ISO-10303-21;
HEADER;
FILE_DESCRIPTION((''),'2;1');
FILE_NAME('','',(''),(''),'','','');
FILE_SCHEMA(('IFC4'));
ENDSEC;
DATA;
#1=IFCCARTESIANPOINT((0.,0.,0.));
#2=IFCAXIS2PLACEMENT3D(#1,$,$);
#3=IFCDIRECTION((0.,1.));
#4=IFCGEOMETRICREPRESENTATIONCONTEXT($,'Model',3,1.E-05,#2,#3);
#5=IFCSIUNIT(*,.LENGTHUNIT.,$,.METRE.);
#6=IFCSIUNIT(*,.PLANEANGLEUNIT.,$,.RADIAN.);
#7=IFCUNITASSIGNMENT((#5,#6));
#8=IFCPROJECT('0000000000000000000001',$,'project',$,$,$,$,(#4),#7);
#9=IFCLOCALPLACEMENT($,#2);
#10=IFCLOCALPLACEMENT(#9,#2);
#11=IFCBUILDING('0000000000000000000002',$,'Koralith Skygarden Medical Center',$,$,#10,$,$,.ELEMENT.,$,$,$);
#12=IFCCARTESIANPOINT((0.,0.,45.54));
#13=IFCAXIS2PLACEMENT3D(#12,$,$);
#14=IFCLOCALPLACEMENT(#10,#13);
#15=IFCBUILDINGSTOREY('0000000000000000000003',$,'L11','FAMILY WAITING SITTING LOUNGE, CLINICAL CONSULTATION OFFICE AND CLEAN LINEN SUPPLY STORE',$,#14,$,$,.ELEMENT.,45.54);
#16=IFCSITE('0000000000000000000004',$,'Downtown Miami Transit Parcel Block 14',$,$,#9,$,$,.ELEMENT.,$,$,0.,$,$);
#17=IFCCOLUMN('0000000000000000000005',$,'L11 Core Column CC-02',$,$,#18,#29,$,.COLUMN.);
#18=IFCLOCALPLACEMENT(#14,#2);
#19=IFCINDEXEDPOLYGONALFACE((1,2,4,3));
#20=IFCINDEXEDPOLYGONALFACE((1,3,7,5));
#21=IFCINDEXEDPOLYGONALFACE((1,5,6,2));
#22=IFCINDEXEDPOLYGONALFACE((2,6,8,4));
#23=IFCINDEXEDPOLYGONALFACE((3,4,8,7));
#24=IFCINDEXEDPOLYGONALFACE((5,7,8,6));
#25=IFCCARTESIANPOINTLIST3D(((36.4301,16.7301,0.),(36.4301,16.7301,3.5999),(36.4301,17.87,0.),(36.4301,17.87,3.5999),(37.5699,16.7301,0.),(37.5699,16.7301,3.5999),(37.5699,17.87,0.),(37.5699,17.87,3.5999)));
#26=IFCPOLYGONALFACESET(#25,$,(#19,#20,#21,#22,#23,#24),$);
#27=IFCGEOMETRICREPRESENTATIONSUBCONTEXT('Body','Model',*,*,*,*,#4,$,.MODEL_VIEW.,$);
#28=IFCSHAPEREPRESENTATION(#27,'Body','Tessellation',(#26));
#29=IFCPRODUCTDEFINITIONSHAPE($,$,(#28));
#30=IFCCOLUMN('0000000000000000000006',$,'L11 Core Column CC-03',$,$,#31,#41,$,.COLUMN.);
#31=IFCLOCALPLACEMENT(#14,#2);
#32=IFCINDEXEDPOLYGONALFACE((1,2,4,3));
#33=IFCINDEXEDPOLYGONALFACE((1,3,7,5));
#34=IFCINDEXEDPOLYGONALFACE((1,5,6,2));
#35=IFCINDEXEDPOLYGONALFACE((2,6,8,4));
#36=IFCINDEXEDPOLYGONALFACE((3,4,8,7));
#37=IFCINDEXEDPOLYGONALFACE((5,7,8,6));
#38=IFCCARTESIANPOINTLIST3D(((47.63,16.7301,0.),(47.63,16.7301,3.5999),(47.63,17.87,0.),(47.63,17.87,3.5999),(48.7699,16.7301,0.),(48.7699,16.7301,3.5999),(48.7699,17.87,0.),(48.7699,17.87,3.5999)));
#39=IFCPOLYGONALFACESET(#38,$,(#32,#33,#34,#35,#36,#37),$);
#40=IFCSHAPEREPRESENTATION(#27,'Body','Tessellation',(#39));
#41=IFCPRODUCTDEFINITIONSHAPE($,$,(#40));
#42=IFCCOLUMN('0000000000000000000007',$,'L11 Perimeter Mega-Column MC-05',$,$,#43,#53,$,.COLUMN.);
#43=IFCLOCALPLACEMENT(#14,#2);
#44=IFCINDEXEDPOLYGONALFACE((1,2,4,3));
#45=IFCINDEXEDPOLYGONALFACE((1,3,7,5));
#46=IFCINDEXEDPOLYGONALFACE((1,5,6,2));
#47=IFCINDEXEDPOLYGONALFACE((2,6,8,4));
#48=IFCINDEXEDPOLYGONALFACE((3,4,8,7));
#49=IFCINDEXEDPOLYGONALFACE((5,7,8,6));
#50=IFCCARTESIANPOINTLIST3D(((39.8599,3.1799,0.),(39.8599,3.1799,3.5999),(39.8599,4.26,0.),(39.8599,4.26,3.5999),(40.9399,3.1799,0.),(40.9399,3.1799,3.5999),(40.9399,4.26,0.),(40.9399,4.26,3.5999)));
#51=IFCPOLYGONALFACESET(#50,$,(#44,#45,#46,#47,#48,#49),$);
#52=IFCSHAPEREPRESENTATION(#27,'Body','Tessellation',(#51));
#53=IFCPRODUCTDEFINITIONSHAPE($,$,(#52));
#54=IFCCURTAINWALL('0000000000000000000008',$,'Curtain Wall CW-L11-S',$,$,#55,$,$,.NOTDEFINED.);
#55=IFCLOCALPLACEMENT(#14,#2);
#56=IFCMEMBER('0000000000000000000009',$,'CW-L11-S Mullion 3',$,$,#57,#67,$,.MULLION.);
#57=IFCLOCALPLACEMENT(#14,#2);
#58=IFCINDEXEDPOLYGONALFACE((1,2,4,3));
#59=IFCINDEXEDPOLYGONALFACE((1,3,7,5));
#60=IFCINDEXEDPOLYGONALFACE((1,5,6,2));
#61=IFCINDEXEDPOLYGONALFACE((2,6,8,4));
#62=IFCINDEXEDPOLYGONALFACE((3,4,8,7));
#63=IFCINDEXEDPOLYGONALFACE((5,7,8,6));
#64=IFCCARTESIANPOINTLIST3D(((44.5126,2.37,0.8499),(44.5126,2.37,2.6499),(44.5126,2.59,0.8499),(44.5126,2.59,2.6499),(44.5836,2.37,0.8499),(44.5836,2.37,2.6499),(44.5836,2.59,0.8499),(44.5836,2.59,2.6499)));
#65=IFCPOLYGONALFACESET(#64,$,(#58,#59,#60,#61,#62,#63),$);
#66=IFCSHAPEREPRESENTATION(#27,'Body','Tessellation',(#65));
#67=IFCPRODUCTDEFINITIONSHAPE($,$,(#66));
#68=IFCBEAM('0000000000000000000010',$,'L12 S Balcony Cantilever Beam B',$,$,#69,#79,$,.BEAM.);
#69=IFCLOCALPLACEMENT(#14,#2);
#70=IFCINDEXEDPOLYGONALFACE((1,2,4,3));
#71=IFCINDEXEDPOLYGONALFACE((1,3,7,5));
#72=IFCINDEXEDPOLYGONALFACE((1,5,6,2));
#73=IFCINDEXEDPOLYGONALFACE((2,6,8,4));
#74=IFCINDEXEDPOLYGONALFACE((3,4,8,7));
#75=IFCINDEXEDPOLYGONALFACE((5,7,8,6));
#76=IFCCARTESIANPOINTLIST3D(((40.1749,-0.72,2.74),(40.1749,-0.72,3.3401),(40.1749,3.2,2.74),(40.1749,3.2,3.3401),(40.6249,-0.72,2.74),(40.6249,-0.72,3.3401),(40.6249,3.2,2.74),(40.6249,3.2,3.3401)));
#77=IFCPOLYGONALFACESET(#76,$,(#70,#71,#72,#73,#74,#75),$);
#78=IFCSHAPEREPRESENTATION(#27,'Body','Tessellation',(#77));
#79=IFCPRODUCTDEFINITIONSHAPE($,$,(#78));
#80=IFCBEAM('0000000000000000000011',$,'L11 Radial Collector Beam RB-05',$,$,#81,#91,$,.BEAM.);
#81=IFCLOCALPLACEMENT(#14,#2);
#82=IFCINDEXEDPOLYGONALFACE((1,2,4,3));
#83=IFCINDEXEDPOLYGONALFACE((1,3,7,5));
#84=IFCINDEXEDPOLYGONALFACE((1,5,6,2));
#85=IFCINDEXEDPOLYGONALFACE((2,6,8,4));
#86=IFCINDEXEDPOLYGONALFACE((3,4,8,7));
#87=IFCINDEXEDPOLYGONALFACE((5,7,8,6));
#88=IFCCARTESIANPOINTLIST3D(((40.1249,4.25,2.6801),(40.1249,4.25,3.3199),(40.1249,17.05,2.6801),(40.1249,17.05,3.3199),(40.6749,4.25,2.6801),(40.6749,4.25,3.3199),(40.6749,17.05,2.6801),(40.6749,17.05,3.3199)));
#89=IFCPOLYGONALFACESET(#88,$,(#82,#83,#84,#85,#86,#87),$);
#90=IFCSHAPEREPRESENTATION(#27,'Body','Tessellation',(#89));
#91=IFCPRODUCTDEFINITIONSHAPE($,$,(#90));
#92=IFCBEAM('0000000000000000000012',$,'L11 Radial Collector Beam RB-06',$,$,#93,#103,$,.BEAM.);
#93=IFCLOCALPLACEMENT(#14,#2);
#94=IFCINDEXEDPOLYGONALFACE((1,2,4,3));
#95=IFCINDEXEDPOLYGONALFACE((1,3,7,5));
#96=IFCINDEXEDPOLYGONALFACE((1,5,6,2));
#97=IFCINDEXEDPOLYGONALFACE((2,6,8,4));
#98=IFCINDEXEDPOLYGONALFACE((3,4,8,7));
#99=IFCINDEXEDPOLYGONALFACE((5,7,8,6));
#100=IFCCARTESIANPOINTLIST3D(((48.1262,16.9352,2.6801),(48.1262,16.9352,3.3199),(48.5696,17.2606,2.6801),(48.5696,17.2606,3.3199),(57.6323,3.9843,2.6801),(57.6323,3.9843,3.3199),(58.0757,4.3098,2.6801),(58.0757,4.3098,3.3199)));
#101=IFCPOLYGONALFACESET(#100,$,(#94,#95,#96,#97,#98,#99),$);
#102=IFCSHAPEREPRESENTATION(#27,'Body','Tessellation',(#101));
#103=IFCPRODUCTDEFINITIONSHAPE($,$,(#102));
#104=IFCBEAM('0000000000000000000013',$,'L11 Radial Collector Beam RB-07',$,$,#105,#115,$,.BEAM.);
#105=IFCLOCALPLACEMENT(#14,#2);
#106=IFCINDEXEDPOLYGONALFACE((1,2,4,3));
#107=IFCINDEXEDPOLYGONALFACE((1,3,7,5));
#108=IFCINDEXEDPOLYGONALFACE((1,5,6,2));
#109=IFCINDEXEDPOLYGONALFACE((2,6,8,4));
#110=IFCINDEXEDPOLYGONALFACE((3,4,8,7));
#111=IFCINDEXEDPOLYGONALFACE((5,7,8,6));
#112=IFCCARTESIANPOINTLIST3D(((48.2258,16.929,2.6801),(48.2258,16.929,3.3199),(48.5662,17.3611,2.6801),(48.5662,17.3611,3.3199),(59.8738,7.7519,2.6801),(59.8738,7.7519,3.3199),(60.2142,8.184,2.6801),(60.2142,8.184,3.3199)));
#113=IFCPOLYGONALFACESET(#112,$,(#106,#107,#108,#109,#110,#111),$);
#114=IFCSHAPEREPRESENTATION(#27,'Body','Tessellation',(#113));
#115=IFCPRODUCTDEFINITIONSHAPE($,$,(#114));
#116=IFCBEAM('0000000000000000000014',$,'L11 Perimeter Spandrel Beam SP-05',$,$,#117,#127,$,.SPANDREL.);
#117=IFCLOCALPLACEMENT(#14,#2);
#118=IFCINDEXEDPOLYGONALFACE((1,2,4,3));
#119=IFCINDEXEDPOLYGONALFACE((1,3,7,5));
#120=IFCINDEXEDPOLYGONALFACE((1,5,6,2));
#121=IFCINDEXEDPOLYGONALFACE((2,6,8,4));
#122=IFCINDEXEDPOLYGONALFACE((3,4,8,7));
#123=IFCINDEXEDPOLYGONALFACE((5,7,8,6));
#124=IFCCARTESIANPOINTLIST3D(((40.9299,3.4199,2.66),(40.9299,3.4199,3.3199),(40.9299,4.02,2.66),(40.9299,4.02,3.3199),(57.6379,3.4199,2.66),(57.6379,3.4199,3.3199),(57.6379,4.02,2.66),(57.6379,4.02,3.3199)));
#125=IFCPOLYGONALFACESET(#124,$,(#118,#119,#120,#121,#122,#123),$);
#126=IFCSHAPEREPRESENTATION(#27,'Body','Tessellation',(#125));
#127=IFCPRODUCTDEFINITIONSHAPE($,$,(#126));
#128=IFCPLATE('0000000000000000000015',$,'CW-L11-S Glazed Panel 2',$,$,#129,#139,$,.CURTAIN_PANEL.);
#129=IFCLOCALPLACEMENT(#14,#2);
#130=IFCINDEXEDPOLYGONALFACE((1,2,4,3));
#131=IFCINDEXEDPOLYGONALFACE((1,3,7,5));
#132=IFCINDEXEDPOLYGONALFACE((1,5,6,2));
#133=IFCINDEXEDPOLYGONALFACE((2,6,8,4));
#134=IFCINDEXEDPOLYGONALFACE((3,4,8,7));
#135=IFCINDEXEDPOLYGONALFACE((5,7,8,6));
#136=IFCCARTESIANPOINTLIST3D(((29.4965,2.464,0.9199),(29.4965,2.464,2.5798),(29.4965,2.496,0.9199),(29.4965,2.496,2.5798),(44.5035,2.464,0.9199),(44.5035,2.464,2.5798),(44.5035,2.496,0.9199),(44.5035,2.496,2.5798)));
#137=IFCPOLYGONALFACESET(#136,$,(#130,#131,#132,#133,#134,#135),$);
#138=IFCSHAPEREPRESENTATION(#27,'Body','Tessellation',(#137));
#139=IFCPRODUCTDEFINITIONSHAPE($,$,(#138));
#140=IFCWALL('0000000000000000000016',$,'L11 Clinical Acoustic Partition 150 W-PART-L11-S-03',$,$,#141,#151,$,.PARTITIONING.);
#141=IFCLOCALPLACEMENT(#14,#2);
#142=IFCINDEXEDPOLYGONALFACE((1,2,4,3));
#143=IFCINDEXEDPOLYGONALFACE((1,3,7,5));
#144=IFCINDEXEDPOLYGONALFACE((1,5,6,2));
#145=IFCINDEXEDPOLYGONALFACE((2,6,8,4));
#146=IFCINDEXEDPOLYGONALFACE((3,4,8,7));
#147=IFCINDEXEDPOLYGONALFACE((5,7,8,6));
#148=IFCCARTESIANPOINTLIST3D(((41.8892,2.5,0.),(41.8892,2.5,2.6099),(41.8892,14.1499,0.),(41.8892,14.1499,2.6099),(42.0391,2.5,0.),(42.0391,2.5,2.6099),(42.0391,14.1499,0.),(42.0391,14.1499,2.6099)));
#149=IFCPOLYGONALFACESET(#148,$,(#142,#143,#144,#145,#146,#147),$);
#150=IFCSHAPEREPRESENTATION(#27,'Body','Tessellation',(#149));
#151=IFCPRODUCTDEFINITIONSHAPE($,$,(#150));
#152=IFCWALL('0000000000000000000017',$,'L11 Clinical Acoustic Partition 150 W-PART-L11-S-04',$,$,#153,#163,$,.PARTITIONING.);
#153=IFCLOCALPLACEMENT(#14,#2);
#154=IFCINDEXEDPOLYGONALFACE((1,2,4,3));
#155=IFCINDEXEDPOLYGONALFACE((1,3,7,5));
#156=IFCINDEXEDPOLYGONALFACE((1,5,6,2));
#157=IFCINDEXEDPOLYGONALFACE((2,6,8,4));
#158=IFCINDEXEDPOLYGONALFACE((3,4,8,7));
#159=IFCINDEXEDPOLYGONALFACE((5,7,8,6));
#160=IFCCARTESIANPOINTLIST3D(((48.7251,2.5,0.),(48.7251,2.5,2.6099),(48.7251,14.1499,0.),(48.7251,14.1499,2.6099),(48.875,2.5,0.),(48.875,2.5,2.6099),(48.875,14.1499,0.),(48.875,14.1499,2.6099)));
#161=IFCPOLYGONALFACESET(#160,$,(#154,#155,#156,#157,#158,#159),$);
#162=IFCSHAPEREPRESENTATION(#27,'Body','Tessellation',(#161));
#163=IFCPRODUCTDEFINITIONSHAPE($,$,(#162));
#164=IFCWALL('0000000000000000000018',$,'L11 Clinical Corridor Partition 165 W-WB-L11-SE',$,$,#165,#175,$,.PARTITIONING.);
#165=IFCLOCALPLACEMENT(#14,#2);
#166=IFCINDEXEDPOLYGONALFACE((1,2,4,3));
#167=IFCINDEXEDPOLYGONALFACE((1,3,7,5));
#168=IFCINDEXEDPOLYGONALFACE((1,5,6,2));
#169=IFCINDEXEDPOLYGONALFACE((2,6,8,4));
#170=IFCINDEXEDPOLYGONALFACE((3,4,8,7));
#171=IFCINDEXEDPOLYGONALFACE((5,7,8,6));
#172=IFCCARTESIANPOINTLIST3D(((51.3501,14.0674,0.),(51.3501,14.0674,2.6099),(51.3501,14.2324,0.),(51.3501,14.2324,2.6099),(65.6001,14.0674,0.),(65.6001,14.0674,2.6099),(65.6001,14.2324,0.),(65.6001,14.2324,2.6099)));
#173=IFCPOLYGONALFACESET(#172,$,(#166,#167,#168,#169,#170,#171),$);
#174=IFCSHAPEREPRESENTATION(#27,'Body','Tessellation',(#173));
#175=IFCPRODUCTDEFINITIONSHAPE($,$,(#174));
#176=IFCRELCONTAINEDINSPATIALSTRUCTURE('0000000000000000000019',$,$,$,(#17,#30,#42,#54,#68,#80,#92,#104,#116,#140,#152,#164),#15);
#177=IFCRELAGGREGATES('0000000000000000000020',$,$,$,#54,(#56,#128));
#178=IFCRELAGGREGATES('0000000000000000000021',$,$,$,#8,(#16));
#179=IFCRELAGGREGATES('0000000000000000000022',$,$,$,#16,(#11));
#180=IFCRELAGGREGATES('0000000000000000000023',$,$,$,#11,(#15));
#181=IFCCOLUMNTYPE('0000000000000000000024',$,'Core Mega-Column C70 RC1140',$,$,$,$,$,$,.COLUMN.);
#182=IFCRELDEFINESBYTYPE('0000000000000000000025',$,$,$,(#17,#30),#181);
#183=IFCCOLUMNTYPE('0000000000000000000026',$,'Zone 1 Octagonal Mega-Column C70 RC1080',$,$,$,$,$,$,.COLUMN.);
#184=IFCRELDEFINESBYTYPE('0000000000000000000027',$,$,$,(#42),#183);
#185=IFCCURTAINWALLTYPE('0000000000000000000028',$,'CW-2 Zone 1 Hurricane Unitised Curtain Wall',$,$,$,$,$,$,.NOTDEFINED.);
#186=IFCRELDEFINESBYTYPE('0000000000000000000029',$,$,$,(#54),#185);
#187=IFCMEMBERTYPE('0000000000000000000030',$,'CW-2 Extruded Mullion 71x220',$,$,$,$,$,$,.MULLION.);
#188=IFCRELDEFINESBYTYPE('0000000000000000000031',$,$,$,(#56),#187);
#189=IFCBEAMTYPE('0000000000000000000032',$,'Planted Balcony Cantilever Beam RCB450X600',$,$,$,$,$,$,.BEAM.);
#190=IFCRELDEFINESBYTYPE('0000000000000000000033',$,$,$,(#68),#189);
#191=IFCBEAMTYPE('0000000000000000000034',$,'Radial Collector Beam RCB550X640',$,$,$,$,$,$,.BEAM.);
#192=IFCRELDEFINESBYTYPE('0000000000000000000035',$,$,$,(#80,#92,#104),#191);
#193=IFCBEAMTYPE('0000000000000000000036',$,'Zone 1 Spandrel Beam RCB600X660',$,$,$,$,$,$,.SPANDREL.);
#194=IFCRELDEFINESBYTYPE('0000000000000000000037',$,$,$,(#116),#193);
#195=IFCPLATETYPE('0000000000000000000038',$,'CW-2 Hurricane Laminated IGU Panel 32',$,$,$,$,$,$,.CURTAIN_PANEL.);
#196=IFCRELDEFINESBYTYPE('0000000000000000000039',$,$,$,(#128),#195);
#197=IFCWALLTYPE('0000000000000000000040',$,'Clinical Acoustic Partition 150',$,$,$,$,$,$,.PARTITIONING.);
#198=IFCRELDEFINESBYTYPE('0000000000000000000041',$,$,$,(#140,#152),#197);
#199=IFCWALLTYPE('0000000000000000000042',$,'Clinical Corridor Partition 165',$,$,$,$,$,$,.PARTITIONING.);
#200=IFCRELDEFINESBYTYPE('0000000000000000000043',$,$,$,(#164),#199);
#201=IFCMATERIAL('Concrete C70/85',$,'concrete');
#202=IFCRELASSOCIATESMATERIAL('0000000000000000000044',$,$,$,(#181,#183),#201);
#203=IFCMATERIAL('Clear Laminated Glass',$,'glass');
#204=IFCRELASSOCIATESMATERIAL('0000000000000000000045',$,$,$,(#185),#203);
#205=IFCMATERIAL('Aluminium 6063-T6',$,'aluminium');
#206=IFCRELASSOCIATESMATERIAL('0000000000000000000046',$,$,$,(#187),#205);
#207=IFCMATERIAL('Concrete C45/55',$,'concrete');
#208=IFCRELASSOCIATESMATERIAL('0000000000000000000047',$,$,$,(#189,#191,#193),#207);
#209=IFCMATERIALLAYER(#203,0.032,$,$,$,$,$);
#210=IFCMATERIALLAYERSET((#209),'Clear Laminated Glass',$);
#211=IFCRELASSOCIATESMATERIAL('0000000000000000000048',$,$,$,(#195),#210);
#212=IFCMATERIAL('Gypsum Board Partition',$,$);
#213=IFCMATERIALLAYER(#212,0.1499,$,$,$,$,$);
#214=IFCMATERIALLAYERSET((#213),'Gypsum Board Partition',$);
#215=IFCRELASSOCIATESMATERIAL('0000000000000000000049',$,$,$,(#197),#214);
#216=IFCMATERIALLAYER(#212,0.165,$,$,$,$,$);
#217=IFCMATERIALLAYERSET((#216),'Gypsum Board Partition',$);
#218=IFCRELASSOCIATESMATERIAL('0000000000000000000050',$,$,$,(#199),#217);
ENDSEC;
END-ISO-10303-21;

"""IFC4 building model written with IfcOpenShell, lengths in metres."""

from ifc_helpers import new_model, si_unit, direction, frame, frame_2d, origin, origin_2d, place, context, subcontext, project, spatial, rectangle, extrude, material, layer, layer_set, material_profile, profile_set, type_object, element, aggregate, save


model = new_model("IFC4")

# Units and contexts
model_context = context("Model", 3, precision=1e-05, world=origin(), true_north=direction((0.0, 1.0)))
body_context = subcontext(model_context, "Body", "Model", "MODEL_VIEW")
ifc_project = project(units=[si_unit("LENGTHUNIT", "METRE"), si_unit("PLANEANGLEUNIT", "RADIAN")], contexts=[model_context])

# Site, building, storey
site_placement = place(None, origin())
site = spatial("IfcSite", under=ifc_project, at=site_placement, Name="Downtown Miami Transit Parcel Block 14", CompositionType="ELEMENT", RefElevation=0.0)
building_placement = place(site_placement, origin())
building = spatial("IfcBuilding", under=site, at=building_placement, Name="Koralith Skygarden Medical Center", CompositionType="ELEMENT")
storey_placement = place(building_placement, frame((0.0, 0.0, 45.54)))
storey = spatial("IfcBuildingStorey", under=building, at=storey_placement, Name="L11", Description="FAMILY WAITING SITTING LOUNGE, CLINICAL CONSULTATION OFFICE AND CLEAN LINEN SUPPLY STORE", CompositionType="ELEMENT", Elevation=45.54)

# Columns
ifc_material_1 = material(Name="Concrete C70/85", Category="concrete")
ifc_material_profile_1 = material_profile(ifc_material_1, rectangle(XDim=1.1399, YDim=1.1399, at=origin_2d()), Name="RC1140X1140")
ifc_profile_set_1 = profile_set([ifc_material_profile_1], Name="Concrete C70/85")
column_type_1 = type_object("IfcColumnType", Name="Core Mega-Column C70 RC1140", PredefinedType="COLUMN", material=ifc_profile_set_1)
for number, where, z_axis, x_axis, name in (
    (1, (37.0, 17.3, 0.0), (0.0, 0.0, 1.0), (1.0, 0.0, 0.0), "L11 Core Column CC-02"),
    (2, (48.2, 17.3, 0.0), (0.0, 0.0, 1.0), (1.0, 0.0, 0.0), "L11 Core Column CC-03"),
):
    element("IfcColumn", number, at=place(storey_placement, frame(where, z_axis=z_axis, x_axis=x_axis)), inside=storey, type_object=column_type_1, Name=name, PredefinedType="COLUMN", context=body_context, shape_type="SweptSolid", body=[
        extrude(rectangle(XDim=1.1399, YDim=1.1399, at=origin_2d()), origin(), (0.0, 0.0, 1.0), 3.5999),
    ])
ifc_material_profile_2 = material_profile(ifc_material_1, rectangle(XDim=1.0801, YDim=1.0801, at=origin_2d()), Name="RC1080X1080")
ifc_profile_set_2 = profile_set([ifc_material_profile_2], Name="Concrete C70/85")
column_type_2 = type_object("IfcColumnType", Name="Zone 1 Octagonal Mega-Column C70 RC1080", PredefinedType="COLUMN", material=ifc_profile_set_2)
column_placement = place(storey_placement, frame((40.3999, 3.72, 0.0), z_axis=(0.0, 0.0, 1.0), x_axis=(1.0, 0.0, 0.0)))
element("IfcColumn", 3, at=column_placement, inside=storey, type_object=column_type_2, Name="L11 Perimeter Mega-Column MC-05", PredefinedType="COLUMN", context=body_context, shape_type="SweptSolid", body=[
    extrude(rectangle(XDim=1.0801, YDim=1.0801, at=origin_2d()), origin(), (0.0, 0.0, 1.0), 3.5999),
])

# Curtain wall, member
ifc_material_2 = material(Name="Clear Laminated Glass", Category="glass")
curtain_wall_type = type_object("IfcCurtainWallType", Name="CW-2 Zone 1 Hurricane Unitised Curtain Wall", PredefinedType="NOTDEFINED", material=ifc_material_2)
curtain_wall_placement = place(storey_placement, origin())
curtain_wall = element("IfcCurtainWall", 4, at=curtain_wall_placement, inside=storey, type_object=curtain_wall_type, Name="Curtain Wall CW-L11-S", PredefinedType="NOTDEFINED")
ifc_material_3 = material(Name="Aluminium 6063-T6", Category="aluminium")
ifc_material_profile_3 = material_profile(ifc_material_3, rectangle(XDim=0.071, YDim=0.22, at=origin_2d()), Name="MUL71X220")
ifc_profile_set_3 = profile_set([ifc_material_profile_3], Name="Aluminium 6063-T6")
member_type = type_object("IfcMemberType", Name="CW-2 Extruded Mullion 71x220", PredefinedType="MULLION", material=ifc_profile_set_3)
member_placement = place(storey_placement, frame((44.5481, 2.48, 0.8499), z_axis=(0.0, 0.0, 1.0), x_axis=(1.0, 0.0, 0.0)))
member = element("IfcMember", 5, at=member_placement, type_object=member_type, Name="CW-L11-S Mullion 3", PredefinedType="MULLION", context=body_context, shape_type="SweptSolid", body=[
    extrude(rectangle(XDim=0.071, YDim=0.22, at=origin_2d()), origin(), (0.0, 0.0, 1.0), 1.8),
])

# Beams
ifc_material_4 = material(Name="Concrete C45/55", Category="concrete")
ifc_material_profile_4 = material_profile(ifc_material_4, rectangle(XDim=0.45, YDim=0.6001, at=origin_2d()), Name="RCB450X600")
ifc_profile_set_4 = profile_set([ifc_material_profile_4], Name="Concrete C45/55")
beam_type_1 = type_object("IfcBeamType", Name="Planted Balcony Cantilever Beam RCB450X600", PredefinedType="BEAM", material=ifc_profile_set_4)
beam_1_placement = place(storey_placement, frame((40.3999, 3.2, 3.04), z_axis=(0.0, -1.0, 0.0), x_axis=(1.0, 0.0, 0.0)))
element("IfcBeam", 6, at=beam_1_placement, inside=storey, type_object=beam_type_1, Name="L12 S Balcony Cantilever Beam B", PredefinedType="BEAM", context=body_context, shape_type="SweptSolid", body=[
    extrude(rectangle(XDim=0.45, YDim=0.6001, at=origin_2d()), origin(), (0.0, 0.0, 1.0), 3.9199),
])
ifc_material_profile_5 = material_profile(ifc_material_4, rectangle(XDim=0.55, YDim=0.6399, at=origin_2d()), Name="RCB550X640")
ifc_profile_set_5 = profile_set([ifc_material_profile_5], Name="Concrete C45/55")
beam_type_2 = type_object("IfcBeamType", Name="Radial Collector Beam RCB550X640", PredefinedType="BEAM", material=ifc_profile_set_5)
beam_2_placement = place(storey_placement, frame((40.3999, 17.05, 3.0), z_axis=(0.0, -1.0, 0.0), x_axis=(1.0, 0.0, 0.0)))
element("IfcBeam", 7, at=beam_2_placement, inside=storey, type_object=beam_type_2, Name="L11 Radial Collector Beam RB-05", PredefinedType="BEAM", context=body_context, shape_type="SweptSolid", body=[
    extrude(rectangle(XDim=0.55, YDim=0.6399, at=origin_2d()), origin(), (0.0, 0.0, 1.0), 12.8),
])
beam_3_placement = place(storey_placement, frame((48.3479, 17.0979, 3.0), z_axis=(0.591718, -0.806145, 0.0), x_axis=(0.806145, 0.591718, 0.0)))
element("IfcBeam", 8, at=beam_3_placement, inside=storey, type_object=beam_type_2, Name="L11 Radial Collector Beam RB-06", PredefinedType="BEAM", context=body_context, shape_type="SweptSolid", body=[
    extrude(rectangle(XDim=0.55, YDim=0.6399, at=origin_2d()), origin(), (0.0, 0.0, 1.0), 16.0652),
])
beam_4_placement = place(storey_placement, frame((48.396, 17.145, 3.0), z_axis=(0.785497, -0.618865, 0.0), x_axis=(0.618865, 0.785497, 0.0)))
element("IfcBeam", 9, at=beam_4_placement, inside=storey, type_object=beam_type_2, Name="L11 Radial Collector Beam RB-07", PredefinedType="BEAM", context=body_context, shape_type="SweptSolid", body=[
    extrude(rectangle(XDim=0.55, YDim=0.6399, at=origin_2d()), origin(), (0.0, 0.0, 1.0), 14.8289),
])
ifc_material_profile_6 = material_profile(ifc_material_4, rectangle(XDim=0.6001, YDim=0.6599, at=origin_2d()), Name="RCB600X660")
ifc_profile_set_6 = profile_set([ifc_material_profile_6], Name="Concrete C45/55")
beam_type_3 = type_object("IfcBeamType", Name="Zone 1 Spandrel Beam RCB600X660", PredefinedType="SPANDREL", material=ifc_profile_set_6)
beam_5_placement = place(storey_placement, frame((40.9299, 3.72, 2.99), z_axis=(1.0, 0.0, 0.0), x_axis=(0.0, 1.0, 0.0)))
element("IfcBeam", 10, at=beam_5_placement, inside=storey, type_object=beam_type_3, Name="L11 Perimeter Spandrel Beam SP-05", PredefinedType="SPANDREL", context=body_context, shape_type="SweptSolid", body=[
    extrude(rectangle(XDim=0.6001, YDim=0.6599, at=origin_2d()), origin(), (0.0, 0.0, 1.0), 16.708),
])

# Plate
ifc_layer_1 = layer(ifc_material_2, 0.032)
ifc_layer_set_1 = layer_set([ifc_layer_1], Name="Clear Laminated Glass")
plate_type = type_object("IfcPlateType", Name="CW-2 Hurricane Laminated IGU Panel 32", PredefinedType="CURTAIN_PANEL", material=ifc_layer_set_1)
plate_placement = place(storey_placement, frame((37.0, 2.48, 0.9199), z_axis=(0.0, 0.0, 1.0), x_axis=(1.0, 0.0, 0.0)))
plate = element("IfcPlate", 11, at=plate_placement, type_object=plate_type, Name="CW-L11-S Glazed Panel 2", PredefinedType="CURTAIN_PANEL", context=body_context, shape_type="SweptSolid", body=[
    extrude(rectangle(XDim=15.0071, YDim=0.032, at=origin_2d()), origin(), (0.0, 0.0, 1.0), 1.6599),
])
aggregate(curtain_wall, [member, plate])

# Walls
ifc_material_5 = material(Name="Gypsum Board Partition")
ifc_layer_2 = layer(ifc_material_5, 0.1499)
ifc_layer_set_2 = layer_set([ifc_layer_2], Name="Gypsum Board Partition")
wall_type_1 = type_object("IfcWallType", Name="Clinical Acoustic Partition 150", PredefinedType="PARTITIONING", material=ifc_layer_set_2)
for number, where, z_axis, x_axis, name in (
    (12, (41.9641, 14.1499, 0.0), (0.0, 0.0, 1.0), (0.0, -1.0, 0.0), "L11 Clinical Acoustic Partition 150 W-PART-L11-S-03"),
    (13, (48.8, 14.1499, 0.0), (0.0, 0.0, 1.0), (0.0, -1.0, 0.0), "L11 Clinical Acoustic Partition 150 W-PART-L11-S-04"),
):
    element("IfcWall", number, at=place(storey_placement, frame(where, z_axis=z_axis, x_axis=x_axis)), inside=storey, type_object=wall_type_1, Name=name, PredefinedType="PARTITIONING", context=body_context, shape_type="SweptSolid", body=[
        extrude(rectangle(XDim=11.6499, YDim=0.1499, at=frame_2d((5.825, 0.0))), origin(), (0.0, 0.0, 1.0), 2.6099),
    ])
ifc_layer_3 = layer(ifc_material_5, 0.165)
ifc_layer_set_3 = layer_set([ifc_layer_3], Name="Gypsum Board Partition")
wall_type_2 = type_object("IfcWallType", Name="Clinical Corridor Partition 165", PredefinedType="PARTITIONING", material=ifc_layer_set_3)
wall_1_placement = place(storey_placement, frame((51.3501, 14.1499, 0.0), z_axis=(0.0, 0.0, 1.0), x_axis=(1.0, 0.0, 0.0)))
element("IfcWall", 14, at=wall_1_placement, inside=storey, type_object=wall_type_2, Name="L11 Clinical Corridor Partition 165 W-WB-L11-SE", PredefinedType="PARTITIONING", context=body_context, shape_type="SweptSolid", body=[
    extrude(rectangle(XDim=14.25, YDim=0.165, at=frame_2d((7.125, 0.0))), origin(), (0.0, 0.0, 1.0), 2.6099),
])

save(model, "model.ifc")
